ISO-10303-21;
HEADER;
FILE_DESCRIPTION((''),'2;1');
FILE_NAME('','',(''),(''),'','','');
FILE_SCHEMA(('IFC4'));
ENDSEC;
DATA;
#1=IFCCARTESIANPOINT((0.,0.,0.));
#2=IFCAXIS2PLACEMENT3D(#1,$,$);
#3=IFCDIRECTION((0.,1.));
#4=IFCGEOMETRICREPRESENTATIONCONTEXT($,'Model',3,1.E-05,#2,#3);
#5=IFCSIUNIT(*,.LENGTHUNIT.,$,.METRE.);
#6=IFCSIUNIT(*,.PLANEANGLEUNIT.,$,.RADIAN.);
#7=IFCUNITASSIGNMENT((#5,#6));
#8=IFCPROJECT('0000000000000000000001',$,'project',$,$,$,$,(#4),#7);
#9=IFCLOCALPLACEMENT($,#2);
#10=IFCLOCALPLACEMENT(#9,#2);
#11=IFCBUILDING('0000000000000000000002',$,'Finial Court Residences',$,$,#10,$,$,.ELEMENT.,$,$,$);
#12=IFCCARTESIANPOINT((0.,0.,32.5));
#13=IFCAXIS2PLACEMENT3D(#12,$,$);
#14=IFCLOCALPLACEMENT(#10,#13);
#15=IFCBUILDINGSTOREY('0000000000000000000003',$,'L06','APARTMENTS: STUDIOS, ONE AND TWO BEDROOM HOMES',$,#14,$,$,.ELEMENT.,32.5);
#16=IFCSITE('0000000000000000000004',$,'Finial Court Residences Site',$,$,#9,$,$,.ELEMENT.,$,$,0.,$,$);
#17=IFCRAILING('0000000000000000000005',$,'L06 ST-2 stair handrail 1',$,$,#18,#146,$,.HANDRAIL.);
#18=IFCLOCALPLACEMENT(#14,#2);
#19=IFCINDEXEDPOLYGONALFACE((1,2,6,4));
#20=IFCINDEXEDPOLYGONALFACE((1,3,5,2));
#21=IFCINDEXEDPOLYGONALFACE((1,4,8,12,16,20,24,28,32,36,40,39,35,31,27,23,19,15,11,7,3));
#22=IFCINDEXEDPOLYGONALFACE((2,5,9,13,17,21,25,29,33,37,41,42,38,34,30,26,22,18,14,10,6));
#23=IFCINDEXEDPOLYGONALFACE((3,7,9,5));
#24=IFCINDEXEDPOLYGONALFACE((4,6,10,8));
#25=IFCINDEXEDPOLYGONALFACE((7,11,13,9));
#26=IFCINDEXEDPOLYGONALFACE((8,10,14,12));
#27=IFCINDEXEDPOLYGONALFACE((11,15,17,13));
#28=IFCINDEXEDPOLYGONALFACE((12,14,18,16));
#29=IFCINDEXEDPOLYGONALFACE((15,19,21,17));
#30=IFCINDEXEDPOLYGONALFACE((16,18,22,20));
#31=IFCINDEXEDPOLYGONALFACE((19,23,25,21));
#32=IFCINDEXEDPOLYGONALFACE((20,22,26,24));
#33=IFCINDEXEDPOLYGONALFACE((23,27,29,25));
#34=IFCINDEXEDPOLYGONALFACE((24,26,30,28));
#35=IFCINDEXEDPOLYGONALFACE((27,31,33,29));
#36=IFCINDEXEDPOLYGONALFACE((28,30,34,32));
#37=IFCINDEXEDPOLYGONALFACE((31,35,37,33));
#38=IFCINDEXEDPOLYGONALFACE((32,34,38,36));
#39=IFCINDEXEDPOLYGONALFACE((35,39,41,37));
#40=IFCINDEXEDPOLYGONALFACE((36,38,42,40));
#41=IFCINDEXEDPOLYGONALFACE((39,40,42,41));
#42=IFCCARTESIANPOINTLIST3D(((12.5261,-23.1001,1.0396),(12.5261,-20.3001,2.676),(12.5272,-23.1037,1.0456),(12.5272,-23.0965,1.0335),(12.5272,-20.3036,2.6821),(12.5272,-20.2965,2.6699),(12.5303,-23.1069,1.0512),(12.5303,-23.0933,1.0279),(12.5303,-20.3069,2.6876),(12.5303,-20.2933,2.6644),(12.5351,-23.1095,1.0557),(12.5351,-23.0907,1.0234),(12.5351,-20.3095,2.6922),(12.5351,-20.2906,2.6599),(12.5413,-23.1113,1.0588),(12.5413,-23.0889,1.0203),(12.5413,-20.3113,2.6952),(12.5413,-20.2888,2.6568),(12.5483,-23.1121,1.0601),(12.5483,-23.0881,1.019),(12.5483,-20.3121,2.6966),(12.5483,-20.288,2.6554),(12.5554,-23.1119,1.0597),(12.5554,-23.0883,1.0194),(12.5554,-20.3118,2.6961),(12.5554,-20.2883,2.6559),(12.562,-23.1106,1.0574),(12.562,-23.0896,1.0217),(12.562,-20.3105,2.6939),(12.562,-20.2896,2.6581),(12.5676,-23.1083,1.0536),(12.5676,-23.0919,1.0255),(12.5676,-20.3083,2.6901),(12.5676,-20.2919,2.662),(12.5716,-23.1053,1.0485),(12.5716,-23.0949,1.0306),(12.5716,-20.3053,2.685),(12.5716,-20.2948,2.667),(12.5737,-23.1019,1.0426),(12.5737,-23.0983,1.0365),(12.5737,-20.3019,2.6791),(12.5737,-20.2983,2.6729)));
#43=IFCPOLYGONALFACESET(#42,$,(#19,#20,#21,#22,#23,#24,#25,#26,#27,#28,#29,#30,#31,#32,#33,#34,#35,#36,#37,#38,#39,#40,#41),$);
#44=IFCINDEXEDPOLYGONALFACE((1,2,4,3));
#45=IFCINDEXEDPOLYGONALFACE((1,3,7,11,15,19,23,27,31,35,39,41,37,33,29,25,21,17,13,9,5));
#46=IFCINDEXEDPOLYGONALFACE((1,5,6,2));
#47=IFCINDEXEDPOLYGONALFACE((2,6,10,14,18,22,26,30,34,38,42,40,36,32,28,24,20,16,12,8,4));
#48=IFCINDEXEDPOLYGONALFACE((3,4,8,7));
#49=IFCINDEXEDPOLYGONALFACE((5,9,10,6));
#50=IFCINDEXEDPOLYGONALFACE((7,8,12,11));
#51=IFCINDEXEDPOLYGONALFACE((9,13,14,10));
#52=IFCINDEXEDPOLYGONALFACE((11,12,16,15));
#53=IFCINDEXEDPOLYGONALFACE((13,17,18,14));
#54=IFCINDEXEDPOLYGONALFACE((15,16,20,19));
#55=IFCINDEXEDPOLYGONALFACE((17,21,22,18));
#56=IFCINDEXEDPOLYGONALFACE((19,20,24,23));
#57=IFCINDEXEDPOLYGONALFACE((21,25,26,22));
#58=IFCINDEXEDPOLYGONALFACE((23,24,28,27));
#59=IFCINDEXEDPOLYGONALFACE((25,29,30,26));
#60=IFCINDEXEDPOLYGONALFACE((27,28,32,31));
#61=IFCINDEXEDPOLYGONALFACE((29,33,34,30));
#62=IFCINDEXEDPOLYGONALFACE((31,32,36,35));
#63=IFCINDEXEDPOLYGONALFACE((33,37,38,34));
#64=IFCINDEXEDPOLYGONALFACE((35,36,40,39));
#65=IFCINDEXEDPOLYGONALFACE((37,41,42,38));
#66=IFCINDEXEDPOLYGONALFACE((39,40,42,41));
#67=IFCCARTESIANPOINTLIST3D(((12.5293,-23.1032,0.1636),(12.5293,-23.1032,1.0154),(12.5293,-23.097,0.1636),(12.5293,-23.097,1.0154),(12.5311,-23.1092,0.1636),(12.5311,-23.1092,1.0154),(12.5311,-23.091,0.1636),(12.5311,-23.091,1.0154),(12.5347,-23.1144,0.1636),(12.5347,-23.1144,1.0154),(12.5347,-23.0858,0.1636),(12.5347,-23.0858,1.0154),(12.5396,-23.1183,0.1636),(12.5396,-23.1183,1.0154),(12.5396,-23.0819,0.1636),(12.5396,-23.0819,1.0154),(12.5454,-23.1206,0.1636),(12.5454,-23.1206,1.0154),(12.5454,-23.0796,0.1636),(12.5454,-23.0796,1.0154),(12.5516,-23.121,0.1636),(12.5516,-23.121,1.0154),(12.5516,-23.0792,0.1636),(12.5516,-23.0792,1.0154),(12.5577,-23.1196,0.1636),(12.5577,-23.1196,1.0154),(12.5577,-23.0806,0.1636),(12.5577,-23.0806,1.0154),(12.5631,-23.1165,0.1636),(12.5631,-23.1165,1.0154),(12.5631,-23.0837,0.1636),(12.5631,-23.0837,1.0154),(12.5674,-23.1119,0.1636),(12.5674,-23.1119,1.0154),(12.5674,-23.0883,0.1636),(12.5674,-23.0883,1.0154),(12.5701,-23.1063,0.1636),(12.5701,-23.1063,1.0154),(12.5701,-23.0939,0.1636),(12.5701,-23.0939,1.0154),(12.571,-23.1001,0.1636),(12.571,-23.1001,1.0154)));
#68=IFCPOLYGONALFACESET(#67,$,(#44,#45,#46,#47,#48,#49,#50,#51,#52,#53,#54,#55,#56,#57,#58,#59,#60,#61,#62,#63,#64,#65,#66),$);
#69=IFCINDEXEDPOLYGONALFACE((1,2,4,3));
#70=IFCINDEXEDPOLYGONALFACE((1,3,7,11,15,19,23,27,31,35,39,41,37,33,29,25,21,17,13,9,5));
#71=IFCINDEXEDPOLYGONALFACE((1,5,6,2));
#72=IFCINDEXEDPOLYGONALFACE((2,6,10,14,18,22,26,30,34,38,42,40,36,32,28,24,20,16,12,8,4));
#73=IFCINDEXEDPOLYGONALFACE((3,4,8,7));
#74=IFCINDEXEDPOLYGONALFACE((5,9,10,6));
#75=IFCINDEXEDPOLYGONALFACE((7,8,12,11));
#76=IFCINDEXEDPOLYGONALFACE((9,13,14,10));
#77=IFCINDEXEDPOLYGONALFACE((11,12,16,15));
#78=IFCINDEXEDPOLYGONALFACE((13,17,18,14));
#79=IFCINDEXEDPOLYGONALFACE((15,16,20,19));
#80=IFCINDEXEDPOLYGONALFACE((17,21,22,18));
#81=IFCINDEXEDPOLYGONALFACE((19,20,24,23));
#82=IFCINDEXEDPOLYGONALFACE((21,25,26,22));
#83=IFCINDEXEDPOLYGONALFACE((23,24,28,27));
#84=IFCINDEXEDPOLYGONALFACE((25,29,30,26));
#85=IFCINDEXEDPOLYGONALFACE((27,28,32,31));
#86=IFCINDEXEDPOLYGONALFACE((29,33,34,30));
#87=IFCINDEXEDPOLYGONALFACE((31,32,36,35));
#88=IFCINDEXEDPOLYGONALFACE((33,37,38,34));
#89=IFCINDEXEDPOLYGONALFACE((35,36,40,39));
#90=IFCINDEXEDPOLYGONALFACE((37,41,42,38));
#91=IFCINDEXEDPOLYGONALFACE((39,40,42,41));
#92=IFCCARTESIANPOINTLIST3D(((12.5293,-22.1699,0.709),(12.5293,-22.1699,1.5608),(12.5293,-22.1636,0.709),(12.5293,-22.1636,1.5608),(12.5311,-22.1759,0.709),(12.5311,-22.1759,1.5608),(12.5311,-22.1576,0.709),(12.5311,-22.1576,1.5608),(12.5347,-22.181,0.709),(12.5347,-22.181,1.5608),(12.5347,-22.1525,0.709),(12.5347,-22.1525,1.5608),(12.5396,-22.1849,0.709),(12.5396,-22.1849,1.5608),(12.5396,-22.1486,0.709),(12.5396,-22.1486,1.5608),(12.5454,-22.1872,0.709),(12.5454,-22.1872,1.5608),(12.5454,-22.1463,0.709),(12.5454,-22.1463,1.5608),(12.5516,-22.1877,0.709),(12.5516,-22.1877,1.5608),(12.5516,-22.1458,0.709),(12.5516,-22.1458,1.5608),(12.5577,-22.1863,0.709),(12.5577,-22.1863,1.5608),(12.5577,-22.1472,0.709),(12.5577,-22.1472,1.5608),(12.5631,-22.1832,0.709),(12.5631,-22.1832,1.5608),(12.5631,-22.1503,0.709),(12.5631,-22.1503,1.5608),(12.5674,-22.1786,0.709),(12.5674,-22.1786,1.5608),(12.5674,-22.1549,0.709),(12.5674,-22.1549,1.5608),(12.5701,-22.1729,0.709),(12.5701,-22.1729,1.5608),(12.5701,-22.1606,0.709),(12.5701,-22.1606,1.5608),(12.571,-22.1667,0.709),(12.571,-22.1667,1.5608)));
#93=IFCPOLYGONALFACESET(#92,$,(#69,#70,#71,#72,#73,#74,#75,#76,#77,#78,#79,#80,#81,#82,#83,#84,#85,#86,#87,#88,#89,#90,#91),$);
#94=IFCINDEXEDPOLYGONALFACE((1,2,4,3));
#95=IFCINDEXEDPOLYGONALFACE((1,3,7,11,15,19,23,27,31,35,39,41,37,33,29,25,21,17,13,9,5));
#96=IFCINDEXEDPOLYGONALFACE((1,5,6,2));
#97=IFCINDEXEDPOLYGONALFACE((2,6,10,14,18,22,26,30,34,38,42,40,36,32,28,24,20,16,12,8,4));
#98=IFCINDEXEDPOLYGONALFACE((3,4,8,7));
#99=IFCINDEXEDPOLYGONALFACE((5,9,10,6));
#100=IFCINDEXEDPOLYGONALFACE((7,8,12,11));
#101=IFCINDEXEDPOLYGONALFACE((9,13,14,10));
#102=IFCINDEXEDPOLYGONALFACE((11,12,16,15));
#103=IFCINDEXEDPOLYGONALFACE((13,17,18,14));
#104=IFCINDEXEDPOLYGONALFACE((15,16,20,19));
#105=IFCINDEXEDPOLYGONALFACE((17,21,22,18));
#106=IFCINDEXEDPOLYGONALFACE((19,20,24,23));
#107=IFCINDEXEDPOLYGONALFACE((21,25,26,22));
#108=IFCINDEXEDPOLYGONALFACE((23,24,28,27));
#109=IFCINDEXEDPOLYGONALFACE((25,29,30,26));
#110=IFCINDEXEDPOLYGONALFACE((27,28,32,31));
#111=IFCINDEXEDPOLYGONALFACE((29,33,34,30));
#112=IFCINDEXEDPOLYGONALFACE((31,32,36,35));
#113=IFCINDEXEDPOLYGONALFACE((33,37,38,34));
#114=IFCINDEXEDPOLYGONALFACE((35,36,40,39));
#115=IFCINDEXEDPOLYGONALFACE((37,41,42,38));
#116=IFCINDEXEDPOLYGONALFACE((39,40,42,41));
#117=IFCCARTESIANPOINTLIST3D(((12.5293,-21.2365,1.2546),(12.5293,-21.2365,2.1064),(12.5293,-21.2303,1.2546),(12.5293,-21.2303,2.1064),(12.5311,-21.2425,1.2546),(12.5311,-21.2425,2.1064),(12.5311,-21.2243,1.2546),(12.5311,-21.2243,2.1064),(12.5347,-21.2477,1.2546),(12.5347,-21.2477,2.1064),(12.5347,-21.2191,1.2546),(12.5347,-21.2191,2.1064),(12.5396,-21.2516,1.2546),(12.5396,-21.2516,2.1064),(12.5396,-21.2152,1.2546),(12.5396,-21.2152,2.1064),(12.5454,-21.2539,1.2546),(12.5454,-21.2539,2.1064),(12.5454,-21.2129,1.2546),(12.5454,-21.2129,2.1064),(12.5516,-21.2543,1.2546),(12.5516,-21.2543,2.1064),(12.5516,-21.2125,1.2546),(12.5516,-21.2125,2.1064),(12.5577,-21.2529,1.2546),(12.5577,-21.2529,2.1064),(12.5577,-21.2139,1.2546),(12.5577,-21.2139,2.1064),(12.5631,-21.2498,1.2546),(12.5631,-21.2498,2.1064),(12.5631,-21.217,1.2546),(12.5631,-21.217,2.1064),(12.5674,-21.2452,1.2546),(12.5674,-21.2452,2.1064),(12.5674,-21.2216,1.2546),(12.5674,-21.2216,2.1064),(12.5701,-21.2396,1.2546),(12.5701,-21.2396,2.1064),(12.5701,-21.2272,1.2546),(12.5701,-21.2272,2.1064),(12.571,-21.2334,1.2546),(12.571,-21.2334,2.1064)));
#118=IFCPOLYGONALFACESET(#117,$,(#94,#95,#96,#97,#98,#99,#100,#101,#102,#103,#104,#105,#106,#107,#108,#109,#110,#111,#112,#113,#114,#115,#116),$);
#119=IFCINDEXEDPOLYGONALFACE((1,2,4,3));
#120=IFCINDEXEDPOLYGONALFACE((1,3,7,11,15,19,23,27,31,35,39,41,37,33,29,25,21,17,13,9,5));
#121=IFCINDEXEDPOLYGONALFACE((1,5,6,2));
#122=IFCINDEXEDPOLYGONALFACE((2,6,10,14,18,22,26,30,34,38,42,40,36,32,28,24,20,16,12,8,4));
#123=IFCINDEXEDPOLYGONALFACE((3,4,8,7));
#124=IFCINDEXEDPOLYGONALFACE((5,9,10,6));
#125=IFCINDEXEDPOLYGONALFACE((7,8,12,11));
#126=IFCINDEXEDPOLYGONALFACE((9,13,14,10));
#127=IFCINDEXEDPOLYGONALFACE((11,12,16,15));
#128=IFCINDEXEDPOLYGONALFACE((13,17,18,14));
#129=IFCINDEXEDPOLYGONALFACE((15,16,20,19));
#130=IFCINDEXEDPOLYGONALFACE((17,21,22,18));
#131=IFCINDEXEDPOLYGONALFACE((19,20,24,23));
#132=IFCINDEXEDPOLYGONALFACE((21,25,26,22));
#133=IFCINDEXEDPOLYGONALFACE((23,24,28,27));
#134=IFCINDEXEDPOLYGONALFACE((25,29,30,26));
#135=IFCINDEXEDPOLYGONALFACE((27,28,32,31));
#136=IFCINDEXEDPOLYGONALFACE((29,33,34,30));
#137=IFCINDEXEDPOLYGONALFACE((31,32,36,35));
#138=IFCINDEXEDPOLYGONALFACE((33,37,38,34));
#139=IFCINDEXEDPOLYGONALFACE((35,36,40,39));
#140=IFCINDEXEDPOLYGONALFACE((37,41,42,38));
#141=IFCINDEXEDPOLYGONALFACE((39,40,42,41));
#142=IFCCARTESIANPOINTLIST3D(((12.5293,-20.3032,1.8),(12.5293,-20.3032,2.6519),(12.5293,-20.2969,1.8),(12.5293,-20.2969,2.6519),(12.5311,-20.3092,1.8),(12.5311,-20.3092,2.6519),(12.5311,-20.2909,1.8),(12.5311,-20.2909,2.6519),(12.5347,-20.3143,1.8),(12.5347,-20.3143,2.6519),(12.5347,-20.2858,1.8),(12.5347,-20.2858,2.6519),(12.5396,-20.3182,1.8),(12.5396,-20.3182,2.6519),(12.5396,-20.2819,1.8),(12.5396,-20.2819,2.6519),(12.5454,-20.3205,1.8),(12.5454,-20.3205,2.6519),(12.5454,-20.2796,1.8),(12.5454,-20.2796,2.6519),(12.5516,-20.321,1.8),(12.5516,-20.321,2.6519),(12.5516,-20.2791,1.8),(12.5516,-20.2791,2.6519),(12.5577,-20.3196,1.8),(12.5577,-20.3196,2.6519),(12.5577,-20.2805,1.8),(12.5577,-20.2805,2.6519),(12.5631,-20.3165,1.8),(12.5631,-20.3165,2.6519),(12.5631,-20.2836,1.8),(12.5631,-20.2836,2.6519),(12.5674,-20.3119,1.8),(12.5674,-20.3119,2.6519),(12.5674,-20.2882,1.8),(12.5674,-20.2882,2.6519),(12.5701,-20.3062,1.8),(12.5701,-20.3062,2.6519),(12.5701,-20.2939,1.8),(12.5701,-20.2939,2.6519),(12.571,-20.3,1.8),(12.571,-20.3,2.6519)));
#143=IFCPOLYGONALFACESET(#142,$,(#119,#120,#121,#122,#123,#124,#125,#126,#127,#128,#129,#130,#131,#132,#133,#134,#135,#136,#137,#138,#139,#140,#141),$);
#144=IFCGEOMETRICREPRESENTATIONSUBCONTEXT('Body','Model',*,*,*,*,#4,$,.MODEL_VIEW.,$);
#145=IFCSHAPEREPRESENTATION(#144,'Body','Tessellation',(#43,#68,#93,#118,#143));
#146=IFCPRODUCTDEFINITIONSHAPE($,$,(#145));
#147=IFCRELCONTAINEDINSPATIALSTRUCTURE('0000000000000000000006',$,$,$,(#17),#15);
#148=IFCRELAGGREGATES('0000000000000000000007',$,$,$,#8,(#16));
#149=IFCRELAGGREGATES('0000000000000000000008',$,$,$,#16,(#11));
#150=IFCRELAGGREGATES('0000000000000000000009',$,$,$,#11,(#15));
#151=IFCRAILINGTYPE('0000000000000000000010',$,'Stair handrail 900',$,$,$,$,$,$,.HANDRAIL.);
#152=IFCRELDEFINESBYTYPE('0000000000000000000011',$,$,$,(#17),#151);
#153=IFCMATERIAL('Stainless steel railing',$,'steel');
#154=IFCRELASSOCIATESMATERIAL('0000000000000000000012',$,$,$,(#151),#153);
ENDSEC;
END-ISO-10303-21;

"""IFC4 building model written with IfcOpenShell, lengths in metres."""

from ifc_helpers import new_model, si_unit, direction, frame, origin, origin_2d, place, context, subcontext, project, spatial, circle, extrude, material, type_object, element, save


model = new_model("IFC4")

# Units and contexts
model_context = context("Model", 3, precision=1e-05, world=origin(), true_north=direction((0.0, 1.0)))
body_context = subcontext(model_context, "Body", "Model", "MODEL_VIEW")
ifc_project = project(units=[si_unit("LENGTHUNIT", "METRE"), si_unit("PLANEANGLEUNIT", "RADIAN")], contexts=[model_context])

# Site, building, storey
site_placement = place(None, origin())
site = spatial("IfcSite", under=ifc_project, at=site_placement, Name="Finial Court Residences Site", CompositionType="ELEMENT", RefElevation=0.0)
building_placement = place(site_placement, origin())
building = spatial("IfcBuilding", under=site, at=building_placement, Name="Finial Court Residences", CompositionType="ELEMENT")
storey_placement = place(building_placement, frame((0.0, 0.0, 32.5)))
storey = spatial("IfcBuildingStorey", under=building, at=storey_placement, Name="L06", Description="APARTMENTS: STUDIOS, ONE AND TWO BEDROOM HOMES", CompositionType="ELEMENT", Elevation=32.5)

# Railing
ifc_material_1 = material(Name="Stainless steel railing", Category="steel")
railing_type_1 = type_object("IfcRailingType", Name="Stair handrail 900", PredefinedType="HANDRAIL", material=ifc_material_1)
railing_1_placement = place(storey_placement, frame((12.55, -23.1001, 0.1636)))
element("IfcRailing", 1, at=railing_1_placement, inside=storey, type_object=railing_type_1, Name="L06 ST-2 stair handrail 1", PredefinedType="HANDRAIL", context=body_context, shape_type="SweptSolid", body=[
    extrude(circle(Radius=0.0239, at=origin_2d()), frame((0.0, 0.0, 0.876), z_axis=(0.0, 0.863361, 0.504587), x_axis=(-1.0, 0.0, 0.0)), (0.0, 0.0, 1.0), 3.2432),
    extrude(circle(Radius=0.021, at=origin_2d()), origin(), (0.0, 0.0, 1.0), 0.8518),
    extrude(circle(Radius=0.021, at=origin_2d()), frame((0.0, 0.9333, 0.5454)), (0.0, 0.0, 1.0), 0.8518),
    extrude(circle(Radius=0.021, at=origin_2d()), frame((0.0, 1.8667, 1.0911)), (0.0, 0.0, 1.0), 0.8518),
    extrude(circle(Radius=0.021, at=origin_2d()), frame((0.0, 2.8, 1.6365)), (0.0, 0.0, 1.0), 0.8518),
])

save(model, "model.ifc")
